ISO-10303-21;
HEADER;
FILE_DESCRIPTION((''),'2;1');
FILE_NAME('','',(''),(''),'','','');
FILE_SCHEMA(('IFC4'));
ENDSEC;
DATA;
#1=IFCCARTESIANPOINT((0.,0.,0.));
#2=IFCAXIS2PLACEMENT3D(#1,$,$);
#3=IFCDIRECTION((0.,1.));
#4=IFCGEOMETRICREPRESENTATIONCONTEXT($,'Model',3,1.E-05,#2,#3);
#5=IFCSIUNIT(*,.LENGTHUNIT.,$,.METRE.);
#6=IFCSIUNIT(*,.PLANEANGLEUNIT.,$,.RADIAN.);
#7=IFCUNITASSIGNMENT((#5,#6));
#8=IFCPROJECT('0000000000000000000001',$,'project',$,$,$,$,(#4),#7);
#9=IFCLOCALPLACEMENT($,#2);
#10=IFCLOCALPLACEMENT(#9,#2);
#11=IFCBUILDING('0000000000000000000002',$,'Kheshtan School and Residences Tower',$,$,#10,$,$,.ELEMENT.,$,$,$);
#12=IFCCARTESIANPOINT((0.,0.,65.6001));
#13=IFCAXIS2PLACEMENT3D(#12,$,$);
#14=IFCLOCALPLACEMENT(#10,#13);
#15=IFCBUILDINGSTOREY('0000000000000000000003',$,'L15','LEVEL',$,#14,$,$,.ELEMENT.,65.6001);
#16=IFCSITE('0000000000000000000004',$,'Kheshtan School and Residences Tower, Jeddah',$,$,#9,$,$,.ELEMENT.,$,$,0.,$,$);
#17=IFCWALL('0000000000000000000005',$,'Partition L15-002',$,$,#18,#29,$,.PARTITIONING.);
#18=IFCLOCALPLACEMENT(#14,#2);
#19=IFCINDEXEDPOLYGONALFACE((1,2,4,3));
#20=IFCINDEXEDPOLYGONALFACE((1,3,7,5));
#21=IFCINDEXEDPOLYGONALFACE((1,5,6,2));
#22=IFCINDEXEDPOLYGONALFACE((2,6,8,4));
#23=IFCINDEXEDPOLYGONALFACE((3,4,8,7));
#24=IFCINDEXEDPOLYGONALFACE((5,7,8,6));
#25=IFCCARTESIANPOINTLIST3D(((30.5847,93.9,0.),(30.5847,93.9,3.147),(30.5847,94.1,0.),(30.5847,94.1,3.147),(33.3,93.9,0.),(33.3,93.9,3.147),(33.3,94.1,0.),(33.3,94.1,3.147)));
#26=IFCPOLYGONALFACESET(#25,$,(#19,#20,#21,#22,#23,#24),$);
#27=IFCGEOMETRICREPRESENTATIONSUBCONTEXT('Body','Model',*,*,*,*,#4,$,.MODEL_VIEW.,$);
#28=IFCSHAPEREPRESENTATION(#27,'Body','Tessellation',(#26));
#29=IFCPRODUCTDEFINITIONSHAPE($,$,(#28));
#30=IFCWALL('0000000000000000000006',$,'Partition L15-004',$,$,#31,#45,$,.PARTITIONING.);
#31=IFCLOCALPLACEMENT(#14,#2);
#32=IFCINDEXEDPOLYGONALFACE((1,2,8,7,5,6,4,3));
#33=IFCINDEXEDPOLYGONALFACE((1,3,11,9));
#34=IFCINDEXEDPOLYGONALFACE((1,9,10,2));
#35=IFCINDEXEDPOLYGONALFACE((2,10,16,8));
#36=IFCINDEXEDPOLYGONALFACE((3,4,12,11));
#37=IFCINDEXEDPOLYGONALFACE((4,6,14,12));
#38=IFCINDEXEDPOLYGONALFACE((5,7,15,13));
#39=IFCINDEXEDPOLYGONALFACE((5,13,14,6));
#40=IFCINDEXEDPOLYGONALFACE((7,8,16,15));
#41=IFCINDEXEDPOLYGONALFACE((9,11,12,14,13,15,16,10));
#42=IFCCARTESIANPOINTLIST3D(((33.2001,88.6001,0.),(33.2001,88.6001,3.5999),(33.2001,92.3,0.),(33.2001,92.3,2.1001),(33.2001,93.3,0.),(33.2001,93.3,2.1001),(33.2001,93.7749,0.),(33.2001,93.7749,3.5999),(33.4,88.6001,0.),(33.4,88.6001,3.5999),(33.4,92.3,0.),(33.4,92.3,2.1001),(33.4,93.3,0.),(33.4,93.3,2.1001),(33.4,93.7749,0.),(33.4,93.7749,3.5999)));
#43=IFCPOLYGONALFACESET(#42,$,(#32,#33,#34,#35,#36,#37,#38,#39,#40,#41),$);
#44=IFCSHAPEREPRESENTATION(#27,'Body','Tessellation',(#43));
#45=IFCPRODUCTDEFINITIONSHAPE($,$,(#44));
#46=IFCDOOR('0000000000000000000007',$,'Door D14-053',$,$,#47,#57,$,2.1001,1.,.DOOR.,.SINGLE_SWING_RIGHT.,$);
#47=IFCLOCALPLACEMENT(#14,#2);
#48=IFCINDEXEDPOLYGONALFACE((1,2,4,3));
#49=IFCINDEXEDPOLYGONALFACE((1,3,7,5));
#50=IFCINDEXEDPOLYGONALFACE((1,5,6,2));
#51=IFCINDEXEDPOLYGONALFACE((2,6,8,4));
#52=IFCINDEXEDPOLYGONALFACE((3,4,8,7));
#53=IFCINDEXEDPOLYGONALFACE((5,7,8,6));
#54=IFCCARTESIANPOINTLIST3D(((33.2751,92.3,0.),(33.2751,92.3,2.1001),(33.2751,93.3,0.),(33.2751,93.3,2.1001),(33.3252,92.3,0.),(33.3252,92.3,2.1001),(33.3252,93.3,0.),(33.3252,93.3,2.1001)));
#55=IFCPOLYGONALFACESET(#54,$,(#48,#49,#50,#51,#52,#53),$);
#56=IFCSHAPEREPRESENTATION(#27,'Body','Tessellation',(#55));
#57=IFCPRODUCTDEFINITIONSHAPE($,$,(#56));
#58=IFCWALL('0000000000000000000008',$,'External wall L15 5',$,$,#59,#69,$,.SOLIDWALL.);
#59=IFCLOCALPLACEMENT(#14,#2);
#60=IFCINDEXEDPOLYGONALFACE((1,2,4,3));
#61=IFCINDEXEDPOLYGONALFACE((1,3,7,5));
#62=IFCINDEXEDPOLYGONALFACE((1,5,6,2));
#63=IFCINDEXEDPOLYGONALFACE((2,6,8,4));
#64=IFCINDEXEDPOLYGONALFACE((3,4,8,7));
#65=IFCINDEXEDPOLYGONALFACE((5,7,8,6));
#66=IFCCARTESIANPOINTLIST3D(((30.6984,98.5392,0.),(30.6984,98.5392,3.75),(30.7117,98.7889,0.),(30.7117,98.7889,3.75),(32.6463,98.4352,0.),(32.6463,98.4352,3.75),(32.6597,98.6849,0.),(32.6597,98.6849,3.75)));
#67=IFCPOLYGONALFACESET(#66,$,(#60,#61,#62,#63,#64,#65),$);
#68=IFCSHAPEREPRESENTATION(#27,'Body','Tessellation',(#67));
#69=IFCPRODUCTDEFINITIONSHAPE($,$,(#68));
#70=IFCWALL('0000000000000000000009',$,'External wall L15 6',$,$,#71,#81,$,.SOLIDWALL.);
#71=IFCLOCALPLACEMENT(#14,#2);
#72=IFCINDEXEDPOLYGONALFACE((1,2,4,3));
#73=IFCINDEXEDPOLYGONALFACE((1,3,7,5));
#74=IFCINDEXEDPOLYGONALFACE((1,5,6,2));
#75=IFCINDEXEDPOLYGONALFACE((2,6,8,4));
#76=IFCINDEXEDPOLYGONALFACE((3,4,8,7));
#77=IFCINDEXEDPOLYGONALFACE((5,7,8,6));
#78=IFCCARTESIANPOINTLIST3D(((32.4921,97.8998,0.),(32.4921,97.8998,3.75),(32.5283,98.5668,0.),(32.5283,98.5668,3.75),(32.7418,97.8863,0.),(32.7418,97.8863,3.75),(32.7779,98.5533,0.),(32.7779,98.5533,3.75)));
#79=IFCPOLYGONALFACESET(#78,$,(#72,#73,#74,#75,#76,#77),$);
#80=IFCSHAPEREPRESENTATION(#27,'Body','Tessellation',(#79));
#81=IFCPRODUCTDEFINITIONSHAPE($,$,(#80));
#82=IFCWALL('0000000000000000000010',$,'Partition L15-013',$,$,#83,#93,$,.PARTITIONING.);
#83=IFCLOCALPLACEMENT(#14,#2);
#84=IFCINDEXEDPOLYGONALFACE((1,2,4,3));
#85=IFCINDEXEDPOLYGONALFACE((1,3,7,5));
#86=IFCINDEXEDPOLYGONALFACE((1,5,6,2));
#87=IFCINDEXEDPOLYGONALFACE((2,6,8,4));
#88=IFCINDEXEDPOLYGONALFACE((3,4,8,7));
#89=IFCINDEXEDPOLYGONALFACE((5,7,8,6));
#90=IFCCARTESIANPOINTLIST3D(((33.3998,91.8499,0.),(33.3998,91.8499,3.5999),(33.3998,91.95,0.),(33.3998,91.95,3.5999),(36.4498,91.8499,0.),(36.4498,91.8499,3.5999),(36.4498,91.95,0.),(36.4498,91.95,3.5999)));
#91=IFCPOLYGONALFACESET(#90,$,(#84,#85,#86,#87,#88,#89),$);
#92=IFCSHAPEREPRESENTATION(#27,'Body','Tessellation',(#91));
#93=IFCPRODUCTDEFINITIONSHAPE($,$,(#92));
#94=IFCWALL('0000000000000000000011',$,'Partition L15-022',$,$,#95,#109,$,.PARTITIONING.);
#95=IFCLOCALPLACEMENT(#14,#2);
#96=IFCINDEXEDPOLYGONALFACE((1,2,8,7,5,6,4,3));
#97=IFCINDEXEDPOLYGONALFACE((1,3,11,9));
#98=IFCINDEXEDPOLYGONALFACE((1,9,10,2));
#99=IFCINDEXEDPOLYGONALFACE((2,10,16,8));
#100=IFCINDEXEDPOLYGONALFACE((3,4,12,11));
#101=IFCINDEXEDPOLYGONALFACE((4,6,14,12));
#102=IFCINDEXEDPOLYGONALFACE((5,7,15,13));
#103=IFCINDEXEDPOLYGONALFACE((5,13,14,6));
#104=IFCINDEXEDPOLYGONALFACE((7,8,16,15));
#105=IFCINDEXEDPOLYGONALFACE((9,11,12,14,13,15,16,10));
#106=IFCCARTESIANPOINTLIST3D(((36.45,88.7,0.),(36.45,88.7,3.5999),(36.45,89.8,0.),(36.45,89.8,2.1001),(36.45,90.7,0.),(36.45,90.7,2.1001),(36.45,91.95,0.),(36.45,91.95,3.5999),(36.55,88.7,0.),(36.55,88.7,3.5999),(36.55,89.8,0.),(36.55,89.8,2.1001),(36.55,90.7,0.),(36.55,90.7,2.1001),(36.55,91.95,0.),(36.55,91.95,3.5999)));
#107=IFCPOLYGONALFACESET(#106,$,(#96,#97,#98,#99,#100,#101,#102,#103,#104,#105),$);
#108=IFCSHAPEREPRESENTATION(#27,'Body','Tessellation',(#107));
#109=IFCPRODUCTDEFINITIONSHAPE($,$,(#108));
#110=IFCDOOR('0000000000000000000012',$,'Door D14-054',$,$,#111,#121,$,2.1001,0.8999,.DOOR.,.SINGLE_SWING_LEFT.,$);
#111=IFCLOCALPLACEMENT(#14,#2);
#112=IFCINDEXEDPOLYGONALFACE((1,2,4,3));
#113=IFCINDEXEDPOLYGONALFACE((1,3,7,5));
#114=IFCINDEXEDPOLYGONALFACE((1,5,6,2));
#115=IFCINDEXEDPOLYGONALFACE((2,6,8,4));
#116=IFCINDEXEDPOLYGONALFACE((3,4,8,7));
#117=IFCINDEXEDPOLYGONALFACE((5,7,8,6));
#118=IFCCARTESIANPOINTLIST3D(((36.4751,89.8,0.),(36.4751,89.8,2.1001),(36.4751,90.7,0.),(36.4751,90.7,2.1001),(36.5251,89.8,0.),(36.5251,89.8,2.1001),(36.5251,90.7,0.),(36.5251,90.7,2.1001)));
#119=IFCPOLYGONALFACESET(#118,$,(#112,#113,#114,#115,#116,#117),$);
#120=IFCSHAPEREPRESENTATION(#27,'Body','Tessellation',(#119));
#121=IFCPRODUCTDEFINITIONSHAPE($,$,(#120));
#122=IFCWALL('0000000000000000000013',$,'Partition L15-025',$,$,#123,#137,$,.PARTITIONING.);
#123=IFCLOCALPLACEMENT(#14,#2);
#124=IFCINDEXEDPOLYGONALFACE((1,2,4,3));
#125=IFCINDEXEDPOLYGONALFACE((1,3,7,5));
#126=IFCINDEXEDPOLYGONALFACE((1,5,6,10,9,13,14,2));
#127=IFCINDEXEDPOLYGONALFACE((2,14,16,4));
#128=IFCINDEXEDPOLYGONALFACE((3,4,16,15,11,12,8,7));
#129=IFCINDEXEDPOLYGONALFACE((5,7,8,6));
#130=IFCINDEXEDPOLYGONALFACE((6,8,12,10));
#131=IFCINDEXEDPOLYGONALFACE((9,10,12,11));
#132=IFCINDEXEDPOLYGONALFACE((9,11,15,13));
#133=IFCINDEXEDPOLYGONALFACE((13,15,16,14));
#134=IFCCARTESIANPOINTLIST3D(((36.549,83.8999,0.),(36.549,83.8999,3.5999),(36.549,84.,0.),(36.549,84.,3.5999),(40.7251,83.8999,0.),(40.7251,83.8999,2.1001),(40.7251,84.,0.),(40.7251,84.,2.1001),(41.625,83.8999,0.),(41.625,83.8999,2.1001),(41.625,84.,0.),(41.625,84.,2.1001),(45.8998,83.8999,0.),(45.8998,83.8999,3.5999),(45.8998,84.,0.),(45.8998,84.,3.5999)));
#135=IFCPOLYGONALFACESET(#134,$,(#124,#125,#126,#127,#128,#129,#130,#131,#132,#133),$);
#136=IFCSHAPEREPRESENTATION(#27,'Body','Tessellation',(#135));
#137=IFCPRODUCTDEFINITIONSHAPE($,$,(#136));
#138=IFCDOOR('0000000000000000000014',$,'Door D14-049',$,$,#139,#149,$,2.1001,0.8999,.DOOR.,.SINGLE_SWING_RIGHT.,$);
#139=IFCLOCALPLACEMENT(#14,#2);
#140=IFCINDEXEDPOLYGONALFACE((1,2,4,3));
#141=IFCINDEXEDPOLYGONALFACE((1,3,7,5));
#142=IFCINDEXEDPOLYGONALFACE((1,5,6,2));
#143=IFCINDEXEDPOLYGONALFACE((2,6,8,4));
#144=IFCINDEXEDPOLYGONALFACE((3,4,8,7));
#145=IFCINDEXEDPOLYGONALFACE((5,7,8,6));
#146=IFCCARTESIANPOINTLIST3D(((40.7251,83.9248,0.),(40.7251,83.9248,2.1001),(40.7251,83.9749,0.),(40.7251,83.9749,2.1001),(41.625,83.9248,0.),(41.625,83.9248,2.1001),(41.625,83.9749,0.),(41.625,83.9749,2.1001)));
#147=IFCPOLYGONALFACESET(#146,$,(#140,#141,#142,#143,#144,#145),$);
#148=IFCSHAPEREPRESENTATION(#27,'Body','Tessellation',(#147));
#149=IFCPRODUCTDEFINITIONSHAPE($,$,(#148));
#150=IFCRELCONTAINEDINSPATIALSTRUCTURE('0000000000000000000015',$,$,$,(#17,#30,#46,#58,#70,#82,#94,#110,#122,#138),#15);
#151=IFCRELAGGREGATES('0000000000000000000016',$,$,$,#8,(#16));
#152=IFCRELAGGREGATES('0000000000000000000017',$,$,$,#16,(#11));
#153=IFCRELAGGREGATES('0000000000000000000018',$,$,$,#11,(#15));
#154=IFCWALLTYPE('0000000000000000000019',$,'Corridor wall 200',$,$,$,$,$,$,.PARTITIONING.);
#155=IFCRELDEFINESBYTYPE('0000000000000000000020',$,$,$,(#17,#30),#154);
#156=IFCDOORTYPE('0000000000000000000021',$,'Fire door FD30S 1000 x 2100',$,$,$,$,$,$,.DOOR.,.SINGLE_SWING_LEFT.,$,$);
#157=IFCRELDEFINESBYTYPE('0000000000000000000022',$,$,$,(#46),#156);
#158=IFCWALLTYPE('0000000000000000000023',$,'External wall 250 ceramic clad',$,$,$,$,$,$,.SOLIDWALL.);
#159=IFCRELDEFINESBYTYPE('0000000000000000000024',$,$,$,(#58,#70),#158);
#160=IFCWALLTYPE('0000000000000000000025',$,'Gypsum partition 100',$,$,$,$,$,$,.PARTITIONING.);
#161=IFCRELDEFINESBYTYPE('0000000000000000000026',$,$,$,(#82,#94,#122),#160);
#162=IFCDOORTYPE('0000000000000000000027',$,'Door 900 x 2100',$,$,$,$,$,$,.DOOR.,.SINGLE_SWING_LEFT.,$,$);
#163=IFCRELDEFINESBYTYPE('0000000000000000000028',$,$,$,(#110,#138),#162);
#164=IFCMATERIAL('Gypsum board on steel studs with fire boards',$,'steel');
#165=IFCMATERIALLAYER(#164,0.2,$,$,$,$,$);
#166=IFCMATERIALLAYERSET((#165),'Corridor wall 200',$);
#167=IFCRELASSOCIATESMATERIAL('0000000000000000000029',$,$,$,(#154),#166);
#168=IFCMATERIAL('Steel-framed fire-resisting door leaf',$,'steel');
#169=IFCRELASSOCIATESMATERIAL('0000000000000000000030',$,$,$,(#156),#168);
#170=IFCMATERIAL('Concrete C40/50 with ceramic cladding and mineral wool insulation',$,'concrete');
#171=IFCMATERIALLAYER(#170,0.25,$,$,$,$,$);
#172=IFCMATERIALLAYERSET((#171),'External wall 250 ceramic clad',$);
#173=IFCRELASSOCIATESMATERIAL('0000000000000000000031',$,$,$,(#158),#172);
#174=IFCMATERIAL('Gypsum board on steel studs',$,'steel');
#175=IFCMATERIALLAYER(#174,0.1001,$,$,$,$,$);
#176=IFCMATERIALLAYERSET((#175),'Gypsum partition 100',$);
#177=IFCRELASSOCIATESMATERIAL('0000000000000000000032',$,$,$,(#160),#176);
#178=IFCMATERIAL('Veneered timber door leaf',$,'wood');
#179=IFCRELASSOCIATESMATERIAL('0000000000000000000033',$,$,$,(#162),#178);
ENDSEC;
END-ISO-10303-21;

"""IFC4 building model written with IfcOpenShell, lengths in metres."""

from ifc_helpers import new_model, si_unit, direction, frame, frame_2d, origin, place, context, subcontext, project, spatial, rectangle, extrude, source, transform, mapped, material, layer, layer_set, type_object, element, fill, save


model = new_model("IFC4")

# Units and contexts
model_context = context("Model", 3, precision=1e-05, world=origin(), true_north=direction((0.0, 1.0)))
body_context = subcontext(model_context, "Body", "Model", "MODEL_VIEW")
ifc_project = project(units=[si_unit("LENGTHUNIT", "METRE"), si_unit("PLANEANGLEUNIT", "RADIAN")], contexts=[model_context])

# Site, building, storey
site_placement = place(None, origin())
site = spatial("IfcSite", under=ifc_project, at=site_placement, Name="Kheshtan School and Residences Tower, Jeddah", CompositionType="ELEMENT", RefElevation=0.0)
building_placement = place(site_placement, origin())
building = spatial("IfcBuilding", under=site, at=building_placement, Name="Kheshtan School and Residences Tower", CompositionType="ELEMENT")
storey_placement = place(building_placement, frame((0.0, 0.0, 65.6001)))
storey = spatial("IfcBuildingStorey", under=building, at=storey_placement, Name="L15", Description="LEVEL", CompositionType="ELEMENT", Elevation=65.6001)

# Wall
ifc_material_1 = material(Name="Gypsum board on steel studs with fire boards", Category="steel")
ifc_layer_1 = layer(ifc_material_1, 0.2)
ifc_layer_set_1 = layer_set([ifc_layer_1], Name="Corridor wall 200")
wall_type_1 = type_object("IfcWallType", Name="Corridor wall 200", PredefinedType="PARTITIONING", material=ifc_layer_set_1)
wall_1_placement = place(storey_placement, frame((30.5847, 94.0, 0.0), z_axis=(0.0, 0.0, 1.0), x_axis=(1.0, 0.0, 0.0)))
element("IfcWall", 1, at=wall_1_placement, inside=storey, type_object=wall_type_1, Name="Partition L15-002", PredefinedType="PARTITIONING", context=body_context, shape_type="SweptSolid", body=[
    extrude(rectangle(XDim=2.7153, YDim=0.2, at=frame_2d((1.3577, 0.0))), origin(), (0.0, 0.0, 1.0), 3.147),
])

# Wall, opening, door
wall_2_placement = place(storey_placement, frame((33.3, 88.6001, 0.0), z_axis=(0.0, 0.0, 1.0), x_axis=(0.0, 1.0, 0.0)))
wall_2 = element("IfcWall", 2, at=wall_2_placement, inside=storey, type_object=wall_type_1, Name="Partition L15-004", PredefinedType="PARTITIONING", context=body_context, shape_type="SweptSolid", body=[
    extrude(rectangle(XDim=5.1748, YDim=0.2, at=frame_2d((2.5874, 0.0))), origin(), (0.0, 0.0, 1.0), 3.5999),
])
opening_1_placement = place(wall_2_placement, frame((3.7, 0.0, 0.0)))
opening_1 = element("IfcOpeningElement", 3, at=opening_1_placement, cuts=wall_2, PredefinedType="OPENING", context=body_context, shape_type="SweptSolid", body=[
    extrude(rectangle(XDim=1.0, YDim=2.1001, at=frame_2d((0.5, 1.05))), frame((0.0, 0.1099, 0.0), z_axis=(0.0, -1.0, 0.0), x_axis=(1.0, 0.0, 0.0)), (0.0, 0.0, 1.0), 0.22),
])
ifc_material_2 = material(Name="Steel-framed fire-resisting door leaf", Category="steel")
door_type_1 = type_object("IfcDoorType", Name="Fire door FD30S 1000 x 2100", OperationType="SINGLE_SWING_LEFT", PredefinedType="DOOR", material=ifc_material_2)
shared_shape_1 = source(origin(), body_context, "Body", "SweptSolid", [
    extrude(rectangle(XDim=1.0, YDim=2.1001, at=frame_2d((0.5, 1.05))), frame((0.0, 0.0249, 0.0), z_axis=(0.0, -1.0, 0.0), x_axis=(1.0, 0.0, 0.0)), (0.0, 0.0, 1.0), 0.05),
])
door_1_placement = place(opening_1_placement, origin())
door_1 = element("IfcDoor", 4, at=door_1_placement, inside=storey, type_object=door_type_1, Name="Door D14-053", OperationType="SINGLE_SWING_RIGHT", OverallHeight=2.1001, OverallWidth=1.0, PredefinedType="DOOR", context=body_context, shape_type="MappedRepresentation", body=[
    mapped(shared_shape_1, transform((0.0, 0.0, 0.0), x_axis=(1.0, 0.0, 0.0), y_axis=(0.0, 1.0, 0.0), z_axis=(0.0, 0.0, 1.0), scale=1.0)),
])
fill(opening_1, door_1)

# Walls
ifc_material_3 = material(Name="Concrete C40/50 with ceramic cladding and mineral wool insulation", Category="concrete")
ifc_layer_2 = layer(ifc_material_3, 0.25)
ifc_layer_set_2 = layer_set([ifc_layer_2], Name="External wall 250 ceramic clad")
wall_type_2 = type_object("IfcWallType", Name="External wall 250 ceramic clad", PredefinedType="SOLIDWALL", material=ifc_layer_set_2)
wall_3_placement = place(storey_placement, frame((30.7051, 98.6641, 0.0), z_axis=(0.0, 0.0, 1.0), x_axis=(0.998578, -0.053314, 0.0)))
element("IfcWall", 5, at=wall_3_placement, inside=storey, type_object=wall_type_2, Name="External wall L15 5", PredefinedType="SOLIDWALL", context=body_context, shape_type="SweptSolid", body=[
    extrude(rectangle(XDim=1.9507, YDim=0.25, at=frame_2d((0.9753, 0.0))), origin(), (0.0, 0.0, 1.0), 3.75),
])
wall_4_placement = place(storey_placement, frame((32.6531, 98.5601, 0.0), z_axis=(0.0, 0.0, 1.0), x_axis=(-0.054093, -0.998536, 0.0)))
element("IfcWall", 6, at=wall_4_placement, inside=storey, type_object=wall_type_2, Name="External wall L15 6", PredefinedType="SOLIDWALL", context=body_context, shape_type="SweptSolid", body=[
    extrude(rectangle(XDim=0.668, YDim=0.25, at=frame_2d((0.334, 0.0))), origin(), (0.0, 0.0, 1.0), 3.75),
])
ifc_material_4 = material(Name="Gypsum board on steel studs", Category="steel")
ifc_layer_3 = layer(ifc_material_4, 0.1001)
ifc_layer_set_3 = layer_set([ifc_layer_3], Name="Gypsum partition 100")
wall_type_3 = type_object("IfcWallType", Name="Gypsum partition 100", PredefinedType="PARTITIONING", material=ifc_layer_set_3)
wall_5_placement = place(storey_placement, frame((33.3999, 91.8999, 0.0), z_axis=(0.0, 0.0, 1.0), x_axis=(1.0, 0.0, 0.0)))
element("IfcWall", 7, at=wall_5_placement, inside=storey, type_object=wall_type_3, Name="Partition L15-013", PredefinedType="PARTITIONING", context=body_context, shape_type="SweptSolid", body=[
    extrude(rectangle(XDim=3.05, YDim=0.1001, at=frame_2d((1.5249, 0.0))), origin(), (0.0, 0.0, 1.0), 3.5999),
])

# Walls, openings, doors
wall_6_placement = place(storey_placement, frame((36.5, 88.7, 0.0), z_axis=(0.0, 0.0, 1.0), x_axis=(0.0, 1.0, 0.0)))
wall_6 = element("IfcWall", 8, at=wall_6_placement, inside=storey, type_object=wall_type_3, Name="Partition L15-022", PredefinedType="PARTITIONING", context=body_context, shape_type="SweptSolid", body=[
    extrude(rectangle(XDim=3.25, YDim=0.1001, at=frame_2d((1.625, 0.0))), origin(), (0.0, 0.0, 1.0), 3.5999),
])
opening_2_placement = place(wall_6_placement, frame((1.1001, 0.0, 0.0)))
opening_2 = element("IfcOpeningElement", 9, at=opening_2_placement, cuts=wall_6, PredefinedType="OPENING", context=body_context, shape_type="SweptSolid", body=[
    extrude(rectangle(XDim=0.8999, YDim=2.1001, at=frame_2d((0.45, 1.05))), frame((0.0, 0.0601, 0.0), z_axis=(0.0, -1.0, 0.0), x_axis=(1.0, 0.0, 0.0)), (0.0, 0.0, 1.0), 0.1201),
])
ifc_material_5 = material(Name="Veneered timber door leaf", Category="wood")
door_type_2 = type_object("IfcDoorType", Name="Door 900 x 2100", OperationType="SINGLE_SWING_LEFT", PredefinedType="DOOR", material=ifc_material_5)
shared_shape_2 = source(origin(), body_context, "Body", "SweptSolid", [
    extrude(rectangle(XDim=0.8999, YDim=2.1001, at=frame_2d((0.45, 1.05))), frame((0.0, 0.0249, 0.0), z_axis=(0.0, -1.0, 0.0), x_axis=(1.0, 0.0, 0.0)), (0.0, 0.0, 1.0), 0.05),
])
door_2_placement = place(opening_2_placement, origin())
door_2 = element("IfcDoor", 10, at=door_2_placement, inside=storey, type_object=door_type_2, Name="Door D14-054", OperationType="SINGLE_SWING_LEFT", OverallHeight=2.1001, OverallWidth=0.8999, PredefinedType="DOOR", context=body_context, shape_type="MappedRepresentation", body=[
    mapped(shared_shape_2, transform((0.0, 0.0, 0.0), x_axis=(1.0, 0.0, 0.0), y_axis=(0.0, 1.0, 0.0), z_axis=(0.0, 0.0, 1.0), scale=1.0)),
])
fill(opening_2, door_2)
wall_7_placement = place(storey_placement, frame((36.5491, 83.95, 0.0), z_axis=(0.0, 0.0, 1.0), x_axis=(1.0, 0.0, 0.0)))
wall_7 = element("IfcWall", 11, at=wall_7_placement, inside=storey, type_object=wall_type_3, Name="Partition L15-025", PredefinedType="PARTITIONING", context=body_context, shape_type="SweptSolid", body=[
    extrude(rectangle(XDim=9.3508, YDim=0.1001, at=frame_2d((4.6753, 0.0))), origin(), (0.0, 0.0, 1.0), 3.5999),
])
opening_3_placement = place(wall_7_placement, frame((4.176, 0.0, 0.0)))
opening_3 = element("IfcOpeningElement", 12, at=opening_3_placement, cuts=wall_7, PredefinedType="OPENING", context=body_context, shape_type="SweptSolid", body=[
    extrude(rectangle(XDim=0.8999, YDim=2.1001, at=frame_2d((0.45, 1.05))), frame((0.0, 0.0601, 0.0), z_axis=(0.0, -1.0, 0.0), x_axis=(1.0, 0.0, 0.0)), (0.0, 0.0, 1.0), 0.1201),
])
door_3_placement = place(opening_3_placement, origin())
door_3 = element("IfcDoor", 13, at=door_3_placement, inside=storey, type_object=door_type_2, Name="Door D14-049", OperationType="SINGLE_SWING_RIGHT", OverallHeight=2.1001, OverallWidth=0.8999, PredefinedType="DOOR", context=body_context, shape_type="MappedRepresentation", body=[
    mapped(shared_shape_2, transform((0.0, 0.0, 0.0), x_axis=(1.0, 0.0, 0.0), y_axis=(0.0, 1.0, 0.0), z_axis=(0.0, 0.0, 1.0), scale=1.0)),
])
fill(opening_3, door_3)

save(model, "model.ifc")
